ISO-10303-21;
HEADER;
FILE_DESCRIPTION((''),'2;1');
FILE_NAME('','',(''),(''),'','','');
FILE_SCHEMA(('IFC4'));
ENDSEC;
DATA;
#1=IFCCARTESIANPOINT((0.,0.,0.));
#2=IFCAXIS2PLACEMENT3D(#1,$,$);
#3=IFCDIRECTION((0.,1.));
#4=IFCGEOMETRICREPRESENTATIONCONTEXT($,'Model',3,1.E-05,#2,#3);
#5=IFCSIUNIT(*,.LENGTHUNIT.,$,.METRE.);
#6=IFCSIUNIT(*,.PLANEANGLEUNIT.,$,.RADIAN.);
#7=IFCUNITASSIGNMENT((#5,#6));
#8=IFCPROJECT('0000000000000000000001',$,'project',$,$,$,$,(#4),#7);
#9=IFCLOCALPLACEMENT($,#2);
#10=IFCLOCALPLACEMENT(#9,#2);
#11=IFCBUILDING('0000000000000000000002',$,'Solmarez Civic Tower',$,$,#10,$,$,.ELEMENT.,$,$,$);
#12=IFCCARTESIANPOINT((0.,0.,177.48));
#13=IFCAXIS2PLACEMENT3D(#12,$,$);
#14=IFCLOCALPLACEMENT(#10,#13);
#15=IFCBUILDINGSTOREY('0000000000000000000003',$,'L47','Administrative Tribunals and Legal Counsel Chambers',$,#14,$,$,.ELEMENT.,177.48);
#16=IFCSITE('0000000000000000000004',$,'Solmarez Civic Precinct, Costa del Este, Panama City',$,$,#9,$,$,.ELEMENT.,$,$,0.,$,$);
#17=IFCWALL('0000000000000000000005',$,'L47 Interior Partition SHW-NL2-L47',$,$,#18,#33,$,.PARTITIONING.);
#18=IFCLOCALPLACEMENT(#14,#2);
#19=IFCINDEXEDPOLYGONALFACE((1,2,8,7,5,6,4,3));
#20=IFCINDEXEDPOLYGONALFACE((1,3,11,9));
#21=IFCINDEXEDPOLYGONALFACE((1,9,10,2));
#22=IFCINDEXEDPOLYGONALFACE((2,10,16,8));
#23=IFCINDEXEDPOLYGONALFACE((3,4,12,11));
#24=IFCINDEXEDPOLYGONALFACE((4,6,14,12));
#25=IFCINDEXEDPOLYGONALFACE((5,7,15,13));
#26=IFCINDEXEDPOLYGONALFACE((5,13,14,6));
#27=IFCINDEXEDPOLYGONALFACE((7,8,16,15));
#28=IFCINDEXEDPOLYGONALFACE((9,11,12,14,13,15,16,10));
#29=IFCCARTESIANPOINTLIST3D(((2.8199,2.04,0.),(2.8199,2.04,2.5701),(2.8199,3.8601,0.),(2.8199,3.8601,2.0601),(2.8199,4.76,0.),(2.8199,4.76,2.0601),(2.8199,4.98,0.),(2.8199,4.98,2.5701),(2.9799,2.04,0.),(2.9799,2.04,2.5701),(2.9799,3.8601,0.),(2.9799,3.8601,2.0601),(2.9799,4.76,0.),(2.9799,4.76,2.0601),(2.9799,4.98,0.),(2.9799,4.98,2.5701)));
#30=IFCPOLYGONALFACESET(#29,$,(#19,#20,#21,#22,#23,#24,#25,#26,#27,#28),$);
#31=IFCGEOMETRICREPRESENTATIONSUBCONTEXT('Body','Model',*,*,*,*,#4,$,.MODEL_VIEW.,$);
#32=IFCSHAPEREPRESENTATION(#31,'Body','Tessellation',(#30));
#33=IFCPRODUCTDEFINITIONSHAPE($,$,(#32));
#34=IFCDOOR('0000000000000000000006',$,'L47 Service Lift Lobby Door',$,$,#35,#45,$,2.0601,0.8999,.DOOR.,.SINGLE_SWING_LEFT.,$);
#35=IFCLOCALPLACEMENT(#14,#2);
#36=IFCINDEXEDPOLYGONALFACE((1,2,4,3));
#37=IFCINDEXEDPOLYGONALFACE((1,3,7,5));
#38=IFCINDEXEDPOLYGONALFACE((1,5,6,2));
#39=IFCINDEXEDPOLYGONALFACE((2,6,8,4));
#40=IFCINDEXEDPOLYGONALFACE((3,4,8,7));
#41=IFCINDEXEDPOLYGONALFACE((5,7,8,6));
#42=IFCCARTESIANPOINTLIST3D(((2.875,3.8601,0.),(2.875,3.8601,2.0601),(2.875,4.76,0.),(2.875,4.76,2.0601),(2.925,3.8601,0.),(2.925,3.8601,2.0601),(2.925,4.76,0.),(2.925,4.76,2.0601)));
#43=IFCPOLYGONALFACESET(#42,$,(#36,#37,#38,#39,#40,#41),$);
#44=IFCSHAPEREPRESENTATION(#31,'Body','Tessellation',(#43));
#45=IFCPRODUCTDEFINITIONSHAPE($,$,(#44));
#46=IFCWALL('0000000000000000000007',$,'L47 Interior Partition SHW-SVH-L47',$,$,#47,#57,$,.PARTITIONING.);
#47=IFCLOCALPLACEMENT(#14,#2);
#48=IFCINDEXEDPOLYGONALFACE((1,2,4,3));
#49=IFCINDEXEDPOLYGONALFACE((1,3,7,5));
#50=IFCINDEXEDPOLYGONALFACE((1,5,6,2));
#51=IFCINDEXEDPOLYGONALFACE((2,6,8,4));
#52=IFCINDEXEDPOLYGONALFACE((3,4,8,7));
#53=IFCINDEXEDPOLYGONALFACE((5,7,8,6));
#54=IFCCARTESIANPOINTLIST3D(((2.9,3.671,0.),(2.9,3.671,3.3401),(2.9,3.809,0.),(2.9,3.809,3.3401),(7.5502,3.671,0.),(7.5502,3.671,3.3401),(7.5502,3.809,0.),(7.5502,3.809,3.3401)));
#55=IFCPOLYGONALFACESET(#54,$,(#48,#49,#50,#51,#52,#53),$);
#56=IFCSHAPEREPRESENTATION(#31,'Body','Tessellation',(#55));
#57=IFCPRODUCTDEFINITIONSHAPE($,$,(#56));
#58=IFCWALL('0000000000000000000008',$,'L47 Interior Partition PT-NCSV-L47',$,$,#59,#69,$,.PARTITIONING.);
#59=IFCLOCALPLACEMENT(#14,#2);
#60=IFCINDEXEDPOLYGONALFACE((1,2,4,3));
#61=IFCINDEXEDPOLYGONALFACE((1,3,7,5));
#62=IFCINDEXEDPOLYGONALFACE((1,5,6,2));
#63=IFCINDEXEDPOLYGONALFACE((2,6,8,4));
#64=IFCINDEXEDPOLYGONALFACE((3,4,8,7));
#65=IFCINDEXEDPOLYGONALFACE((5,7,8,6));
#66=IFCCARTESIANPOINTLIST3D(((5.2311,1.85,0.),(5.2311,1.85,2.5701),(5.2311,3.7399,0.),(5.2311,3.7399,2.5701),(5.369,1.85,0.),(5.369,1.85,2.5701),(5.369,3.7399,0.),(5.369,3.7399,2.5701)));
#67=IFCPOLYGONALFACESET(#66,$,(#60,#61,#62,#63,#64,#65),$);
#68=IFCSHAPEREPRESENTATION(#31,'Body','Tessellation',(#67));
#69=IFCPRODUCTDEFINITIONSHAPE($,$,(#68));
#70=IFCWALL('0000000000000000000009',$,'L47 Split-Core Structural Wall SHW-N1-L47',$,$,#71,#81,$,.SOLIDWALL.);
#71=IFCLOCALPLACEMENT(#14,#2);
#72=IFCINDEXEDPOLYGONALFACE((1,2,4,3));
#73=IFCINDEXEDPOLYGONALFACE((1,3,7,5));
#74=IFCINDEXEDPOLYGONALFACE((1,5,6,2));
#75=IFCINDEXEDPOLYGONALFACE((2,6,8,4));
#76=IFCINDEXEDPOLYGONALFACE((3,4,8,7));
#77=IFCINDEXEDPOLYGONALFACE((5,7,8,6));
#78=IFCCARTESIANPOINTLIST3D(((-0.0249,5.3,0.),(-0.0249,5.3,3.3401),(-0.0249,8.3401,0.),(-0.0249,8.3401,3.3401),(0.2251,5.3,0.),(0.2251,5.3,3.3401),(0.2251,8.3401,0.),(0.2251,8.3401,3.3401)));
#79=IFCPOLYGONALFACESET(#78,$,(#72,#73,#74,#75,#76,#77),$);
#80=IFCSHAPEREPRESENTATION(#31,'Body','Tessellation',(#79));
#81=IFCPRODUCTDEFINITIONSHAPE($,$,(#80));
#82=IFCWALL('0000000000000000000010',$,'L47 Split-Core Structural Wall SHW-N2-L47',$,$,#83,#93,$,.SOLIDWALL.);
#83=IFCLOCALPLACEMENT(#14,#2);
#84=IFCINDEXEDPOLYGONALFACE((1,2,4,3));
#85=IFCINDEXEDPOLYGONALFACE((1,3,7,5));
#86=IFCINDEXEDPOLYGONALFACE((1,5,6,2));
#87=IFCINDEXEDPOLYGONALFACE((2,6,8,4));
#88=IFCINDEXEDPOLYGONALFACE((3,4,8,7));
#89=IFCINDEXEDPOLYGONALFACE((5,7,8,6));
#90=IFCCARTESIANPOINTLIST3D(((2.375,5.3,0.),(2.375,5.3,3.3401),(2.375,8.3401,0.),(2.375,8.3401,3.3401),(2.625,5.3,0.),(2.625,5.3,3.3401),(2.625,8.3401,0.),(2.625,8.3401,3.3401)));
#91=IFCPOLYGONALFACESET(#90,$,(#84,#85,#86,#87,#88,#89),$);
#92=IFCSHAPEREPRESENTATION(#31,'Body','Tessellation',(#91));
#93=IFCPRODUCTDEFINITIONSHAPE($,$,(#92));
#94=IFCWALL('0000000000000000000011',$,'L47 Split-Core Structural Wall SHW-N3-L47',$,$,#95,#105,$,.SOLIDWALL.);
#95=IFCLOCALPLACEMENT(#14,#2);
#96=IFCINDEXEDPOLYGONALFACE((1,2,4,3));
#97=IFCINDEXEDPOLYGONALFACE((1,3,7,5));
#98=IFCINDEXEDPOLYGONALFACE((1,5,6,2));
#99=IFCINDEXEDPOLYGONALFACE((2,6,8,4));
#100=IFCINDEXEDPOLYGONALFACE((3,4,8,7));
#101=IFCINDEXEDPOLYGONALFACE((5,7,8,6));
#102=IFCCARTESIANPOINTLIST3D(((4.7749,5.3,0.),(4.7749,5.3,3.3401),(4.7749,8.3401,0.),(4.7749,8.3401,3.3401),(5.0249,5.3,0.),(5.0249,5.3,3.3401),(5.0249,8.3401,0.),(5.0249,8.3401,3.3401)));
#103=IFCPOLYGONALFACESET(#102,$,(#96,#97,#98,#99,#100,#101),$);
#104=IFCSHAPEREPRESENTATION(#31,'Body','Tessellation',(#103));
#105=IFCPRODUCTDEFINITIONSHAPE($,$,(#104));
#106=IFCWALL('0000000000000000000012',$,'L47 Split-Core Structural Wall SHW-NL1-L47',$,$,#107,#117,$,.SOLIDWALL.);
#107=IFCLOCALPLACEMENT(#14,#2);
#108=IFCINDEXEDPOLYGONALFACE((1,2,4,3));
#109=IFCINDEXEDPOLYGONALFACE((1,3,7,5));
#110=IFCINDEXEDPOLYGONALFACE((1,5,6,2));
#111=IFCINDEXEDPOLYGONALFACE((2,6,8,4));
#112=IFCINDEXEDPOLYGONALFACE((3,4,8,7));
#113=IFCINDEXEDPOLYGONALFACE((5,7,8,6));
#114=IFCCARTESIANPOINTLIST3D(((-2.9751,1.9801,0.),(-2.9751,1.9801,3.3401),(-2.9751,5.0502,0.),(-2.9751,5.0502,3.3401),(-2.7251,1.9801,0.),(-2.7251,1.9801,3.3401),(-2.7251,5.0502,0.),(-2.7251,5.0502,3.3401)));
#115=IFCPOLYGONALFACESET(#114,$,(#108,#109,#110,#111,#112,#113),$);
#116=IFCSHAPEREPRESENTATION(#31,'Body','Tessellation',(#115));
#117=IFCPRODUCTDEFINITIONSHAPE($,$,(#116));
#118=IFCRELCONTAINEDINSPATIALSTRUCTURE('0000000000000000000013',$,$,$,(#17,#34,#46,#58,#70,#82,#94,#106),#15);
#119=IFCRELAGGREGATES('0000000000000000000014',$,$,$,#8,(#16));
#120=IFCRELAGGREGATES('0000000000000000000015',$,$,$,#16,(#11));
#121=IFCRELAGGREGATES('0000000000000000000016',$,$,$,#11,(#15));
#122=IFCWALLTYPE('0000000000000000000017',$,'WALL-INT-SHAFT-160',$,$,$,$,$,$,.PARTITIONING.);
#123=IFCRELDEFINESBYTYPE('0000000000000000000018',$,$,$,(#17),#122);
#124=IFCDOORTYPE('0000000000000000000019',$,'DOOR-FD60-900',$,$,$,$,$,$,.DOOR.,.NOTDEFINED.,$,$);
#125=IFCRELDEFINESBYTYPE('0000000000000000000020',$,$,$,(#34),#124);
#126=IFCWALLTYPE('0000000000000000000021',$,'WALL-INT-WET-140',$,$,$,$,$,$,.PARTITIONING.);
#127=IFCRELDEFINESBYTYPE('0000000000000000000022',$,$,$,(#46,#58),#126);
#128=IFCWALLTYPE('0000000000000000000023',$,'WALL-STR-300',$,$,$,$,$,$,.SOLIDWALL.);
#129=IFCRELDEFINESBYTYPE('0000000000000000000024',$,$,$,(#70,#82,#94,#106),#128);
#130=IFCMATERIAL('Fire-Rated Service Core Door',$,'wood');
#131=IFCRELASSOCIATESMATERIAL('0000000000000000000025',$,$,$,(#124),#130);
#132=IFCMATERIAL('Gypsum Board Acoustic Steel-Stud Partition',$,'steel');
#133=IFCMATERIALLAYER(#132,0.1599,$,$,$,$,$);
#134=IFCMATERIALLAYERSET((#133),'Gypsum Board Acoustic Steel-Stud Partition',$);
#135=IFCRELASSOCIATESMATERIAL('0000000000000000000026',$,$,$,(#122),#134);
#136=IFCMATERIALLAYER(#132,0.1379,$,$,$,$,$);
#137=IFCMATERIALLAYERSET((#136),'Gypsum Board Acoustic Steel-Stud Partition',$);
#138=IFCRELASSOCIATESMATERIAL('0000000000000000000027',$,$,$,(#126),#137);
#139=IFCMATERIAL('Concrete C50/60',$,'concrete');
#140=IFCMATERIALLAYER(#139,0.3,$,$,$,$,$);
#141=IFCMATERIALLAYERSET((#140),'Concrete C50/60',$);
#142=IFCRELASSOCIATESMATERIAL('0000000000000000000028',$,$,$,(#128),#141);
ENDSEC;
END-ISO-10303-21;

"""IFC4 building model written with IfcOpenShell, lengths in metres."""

from ifc_helpers import new_model, si_unit, direction, frame, frame_2d, origin, place, context, subcontext, project, spatial, rectangle, extrude, material, layer, layer_set, type_object, element, fill, save


model = new_model("IFC4")

# Units and contexts
model_context = context("Model", 3, precision=1e-05, world=origin(), true_north=direction((0.0, 1.0)))
body_context = subcontext(model_context, "Body", "Model", "MODEL_VIEW")
ifc_project = project(units=[si_unit("LENGTHUNIT", "METRE"), si_unit("PLANEANGLEUNIT", "RADIAN")], contexts=[model_context])

# Site, building, storey
site_placement = place(None, origin())
site = spatial("IfcSite", under=ifc_project, at=site_placement, Name="Solmarez Civic Precinct, Costa del Este, Panama City", CompositionType="ELEMENT", RefElevation=0.0)
building_placement = place(site_placement, origin())
building = spatial("IfcBuilding", under=site, at=building_placement, Name="Solmarez Civic Tower", CompositionType="ELEMENT")
storey_placement = place(building_placement, frame((0.0, 0.0, 177.48)))
storey = spatial("IfcBuildingStorey", under=building, at=storey_placement, Name="L47", Description="Administrative Tribunals and Legal Counsel Chambers", CompositionType="ELEMENT", Elevation=177.48)

# Shared definitions
ifc_material_1 = material(Name="Concrete C50/60", Category="concrete")

# Shared definitions
ifc_material_2 = material(Name="Fire-Rated Service Core Door", Category="wood")
door_type_1 = type_object("IfcDoorType", Name="DOOR-FD60-900", OperationType="NOTDEFINED", PredefinedType="DOOR", material=ifc_material_2)

# Shared definitions
ifc_material_3 = material(Name="Gypsum Board Acoustic Steel-Stud Partition", Category="steel")

# Wall, opening, door
ifc_layer_1 = layer(ifc_material_3, 0.1599)
ifc_layer_set_1 = layer_set([ifc_layer_1], Name="Gypsum Board Acoustic Steel-Stud Partition")
wall_type_1 = type_object("IfcWallType", Name="WALL-INT-SHAFT-160", PredefinedType="PARTITIONING", material=ifc_layer_set_1)
wall_1_placement = place(storey_placement, frame((2.8999, 2.04, 0.0), z_axis=(0.0, 0.0, 1.0), x_axis=(0.0, 1.0, 0.0)))
wall_1 = element("IfcWall", 1, at=wall_1_placement, inside=storey, type_object=wall_type_1, Name="L47 Interior Partition SHW-NL2-L47", PredefinedType="PARTITIONING", context=body_context, shape_type="SweptSolid", body=[
    extrude(rectangle(XDim=2.9399, YDim=0.1599, at=frame_2d((1.47, 0.0))), origin(), (0.0, 0.0, 1.0), 2.5701),
])
opening_1_placement = place(wall_1_placement, frame((1.8201, 0.0, 0.0)))
opening_1 = element("IfcOpeningElement", 2, at=opening_1_placement, cuts=wall_1, PredefinedType="OPENING", context=body_context, shape_type="SweptSolid", body=[
    extrude(rectangle(XDim=0.8999, YDim=2.0601, at=frame_2d((0.45, 1.03))), frame((0.0, 0.0898, 0.0), z_axis=(0.0, -1.0, 0.0), x_axis=(1.0, 0.0, 0.0)), (0.0, 0.0, 1.0), 0.1799),
])
door_1_placement = place(opening_1_placement, origin())
door_1 = element("IfcDoor", 3, at=door_1_placement, inside=storey, type_object=door_type_1, Name="L47 Service Lift Lobby Door", OperationType="SINGLE_SWING_LEFT", OverallHeight=2.0601, OverallWidth=0.8999, PredefinedType="DOOR", context=body_context, shape_type="SweptSolid", body=[
    extrude(rectangle(XDim=0.8999, YDim=2.0601, at=frame_2d((0.45, 1.03))), frame((0.0, 0.0249, 0.0), z_axis=(0.0, -1.0, 0.0), x_axis=(1.0, 0.0, 0.0)), (0.0, 0.0, 1.0), 0.05),
])
fill(opening_1, door_1)

# Walls
ifc_layer_2 = layer(ifc_material_3, 0.1379)
ifc_layer_set_2 = layer_set([ifc_layer_2], Name="Gypsum Board Acoustic Steel-Stud Partition")
wall_type_2 = type_object("IfcWallType", Name="WALL-INT-WET-140", PredefinedType="PARTITIONING", material=ifc_layer_set_2)
wall_2_placement = place(storey_placement, frame((2.8999, 3.74, 0.0), z_axis=(0.0, 0.0, 1.0), x_axis=(1.0, 0.0, 0.0)))
element("IfcWall", 4, at=wall_2_placement, inside=storey, type_object=wall_type_2, Name="L47 Interior Partition SHW-SVH-L47", PredefinedType="PARTITIONING", context=body_context, shape_type="SweptSolid", body=[
    extrude(rectangle(XDim=4.6501, YDim=0.1379, at=frame_2d((2.3252, 0.0))), origin(), (0.0, 0.0, 1.0), 3.3401),
])
wall_3_placement = place(storey_placement, frame((5.3, 1.8501, 0.0), z_axis=(0.0, 0.0, 1.0), x_axis=(0.0, 1.0, 0.0)))
element("IfcWall", 5, at=wall_3_placement, inside=storey, type_object=wall_type_2, Name="L47 Interior Partition PT-NCSV-L47", PredefinedType="PARTITIONING", context=body_context, shape_type="SweptSolid", body=[
    extrude(rectangle(XDim=1.8899, YDim=0.1379, at=frame_2d((0.9448, 0.0))), origin(), (0.0, 0.0, 1.0), 2.5701),
])

# Shared definitions
ifc_layer_3 = layer(ifc_material_1, 0.3)
ifc_layer_set_3 = layer_set([ifc_layer_3], Name="Concrete C50/60")
wall_type_3 = type_object("IfcWallType", Name="WALL-STR-300", PredefinedType="SOLIDWALL", material=ifc_layer_set_3)

# Walls
for number, where, z_axis, x_axis, name in (
    (6, (0.1001, 5.3, 0.0), (0.0, 0.0, 1.0), (0.0, 1.0, 0.0), "L47 Split-Core Structural Wall SHW-N1-L47"),
    (7, (2.5, 5.3, 0.0), (0.0, 0.0, 1.0), (0.0, 1.0, 0.0), "L47 Split-Core Structural Wall SHW-N2-L47"),
    (8, (4.8999, 5.3, 0.0), (0.0, 0.0, 1.0), (0.0, 1.0, 0.0), "L47 Split-Core Structural Wall SHW-N3-L47"),
):
    element("IfcWall", number, at=place(storey_placement, frame(where, z_axis=z_axis, x_axis=x_axis)), inside=storey, type_object=wall_type_3, Name=name, PredefinedType="SOLIDWALL", context=body_context, shape_type="SweptSolid", body=[
        extrude(rectangle(XDim=3.04, YDim=0.25, at=frame_2d((1.52, 0.0))), origin(), (0.0, 0.0, 1.0), 3.3401),
    ])
wall_4_placement = place(storey_placement, frame((-2.8501, 1.98, 0.0), z_axis=(0.0, 0.0, 1.0), x_axis=(0.0, 1.0, 0.0)))
element("IfcWall", 9, at=wall_4_placement, inside=storey, type_object=wall_type_3, Name="L47 Split-Core Structural Wall SHW-NL1-L47", PredefinedType="SOLIDWALL", context=body_context, shape_type="SweptSolid", body=[
    extrude(rectangle(XDim=3.0701, YDim=0.25, at=frame_2d((1.5352, 0.0))), origin(), (0.0, 0.0, 1.0), 3.3401),
])

save(model, "model.ifc")
